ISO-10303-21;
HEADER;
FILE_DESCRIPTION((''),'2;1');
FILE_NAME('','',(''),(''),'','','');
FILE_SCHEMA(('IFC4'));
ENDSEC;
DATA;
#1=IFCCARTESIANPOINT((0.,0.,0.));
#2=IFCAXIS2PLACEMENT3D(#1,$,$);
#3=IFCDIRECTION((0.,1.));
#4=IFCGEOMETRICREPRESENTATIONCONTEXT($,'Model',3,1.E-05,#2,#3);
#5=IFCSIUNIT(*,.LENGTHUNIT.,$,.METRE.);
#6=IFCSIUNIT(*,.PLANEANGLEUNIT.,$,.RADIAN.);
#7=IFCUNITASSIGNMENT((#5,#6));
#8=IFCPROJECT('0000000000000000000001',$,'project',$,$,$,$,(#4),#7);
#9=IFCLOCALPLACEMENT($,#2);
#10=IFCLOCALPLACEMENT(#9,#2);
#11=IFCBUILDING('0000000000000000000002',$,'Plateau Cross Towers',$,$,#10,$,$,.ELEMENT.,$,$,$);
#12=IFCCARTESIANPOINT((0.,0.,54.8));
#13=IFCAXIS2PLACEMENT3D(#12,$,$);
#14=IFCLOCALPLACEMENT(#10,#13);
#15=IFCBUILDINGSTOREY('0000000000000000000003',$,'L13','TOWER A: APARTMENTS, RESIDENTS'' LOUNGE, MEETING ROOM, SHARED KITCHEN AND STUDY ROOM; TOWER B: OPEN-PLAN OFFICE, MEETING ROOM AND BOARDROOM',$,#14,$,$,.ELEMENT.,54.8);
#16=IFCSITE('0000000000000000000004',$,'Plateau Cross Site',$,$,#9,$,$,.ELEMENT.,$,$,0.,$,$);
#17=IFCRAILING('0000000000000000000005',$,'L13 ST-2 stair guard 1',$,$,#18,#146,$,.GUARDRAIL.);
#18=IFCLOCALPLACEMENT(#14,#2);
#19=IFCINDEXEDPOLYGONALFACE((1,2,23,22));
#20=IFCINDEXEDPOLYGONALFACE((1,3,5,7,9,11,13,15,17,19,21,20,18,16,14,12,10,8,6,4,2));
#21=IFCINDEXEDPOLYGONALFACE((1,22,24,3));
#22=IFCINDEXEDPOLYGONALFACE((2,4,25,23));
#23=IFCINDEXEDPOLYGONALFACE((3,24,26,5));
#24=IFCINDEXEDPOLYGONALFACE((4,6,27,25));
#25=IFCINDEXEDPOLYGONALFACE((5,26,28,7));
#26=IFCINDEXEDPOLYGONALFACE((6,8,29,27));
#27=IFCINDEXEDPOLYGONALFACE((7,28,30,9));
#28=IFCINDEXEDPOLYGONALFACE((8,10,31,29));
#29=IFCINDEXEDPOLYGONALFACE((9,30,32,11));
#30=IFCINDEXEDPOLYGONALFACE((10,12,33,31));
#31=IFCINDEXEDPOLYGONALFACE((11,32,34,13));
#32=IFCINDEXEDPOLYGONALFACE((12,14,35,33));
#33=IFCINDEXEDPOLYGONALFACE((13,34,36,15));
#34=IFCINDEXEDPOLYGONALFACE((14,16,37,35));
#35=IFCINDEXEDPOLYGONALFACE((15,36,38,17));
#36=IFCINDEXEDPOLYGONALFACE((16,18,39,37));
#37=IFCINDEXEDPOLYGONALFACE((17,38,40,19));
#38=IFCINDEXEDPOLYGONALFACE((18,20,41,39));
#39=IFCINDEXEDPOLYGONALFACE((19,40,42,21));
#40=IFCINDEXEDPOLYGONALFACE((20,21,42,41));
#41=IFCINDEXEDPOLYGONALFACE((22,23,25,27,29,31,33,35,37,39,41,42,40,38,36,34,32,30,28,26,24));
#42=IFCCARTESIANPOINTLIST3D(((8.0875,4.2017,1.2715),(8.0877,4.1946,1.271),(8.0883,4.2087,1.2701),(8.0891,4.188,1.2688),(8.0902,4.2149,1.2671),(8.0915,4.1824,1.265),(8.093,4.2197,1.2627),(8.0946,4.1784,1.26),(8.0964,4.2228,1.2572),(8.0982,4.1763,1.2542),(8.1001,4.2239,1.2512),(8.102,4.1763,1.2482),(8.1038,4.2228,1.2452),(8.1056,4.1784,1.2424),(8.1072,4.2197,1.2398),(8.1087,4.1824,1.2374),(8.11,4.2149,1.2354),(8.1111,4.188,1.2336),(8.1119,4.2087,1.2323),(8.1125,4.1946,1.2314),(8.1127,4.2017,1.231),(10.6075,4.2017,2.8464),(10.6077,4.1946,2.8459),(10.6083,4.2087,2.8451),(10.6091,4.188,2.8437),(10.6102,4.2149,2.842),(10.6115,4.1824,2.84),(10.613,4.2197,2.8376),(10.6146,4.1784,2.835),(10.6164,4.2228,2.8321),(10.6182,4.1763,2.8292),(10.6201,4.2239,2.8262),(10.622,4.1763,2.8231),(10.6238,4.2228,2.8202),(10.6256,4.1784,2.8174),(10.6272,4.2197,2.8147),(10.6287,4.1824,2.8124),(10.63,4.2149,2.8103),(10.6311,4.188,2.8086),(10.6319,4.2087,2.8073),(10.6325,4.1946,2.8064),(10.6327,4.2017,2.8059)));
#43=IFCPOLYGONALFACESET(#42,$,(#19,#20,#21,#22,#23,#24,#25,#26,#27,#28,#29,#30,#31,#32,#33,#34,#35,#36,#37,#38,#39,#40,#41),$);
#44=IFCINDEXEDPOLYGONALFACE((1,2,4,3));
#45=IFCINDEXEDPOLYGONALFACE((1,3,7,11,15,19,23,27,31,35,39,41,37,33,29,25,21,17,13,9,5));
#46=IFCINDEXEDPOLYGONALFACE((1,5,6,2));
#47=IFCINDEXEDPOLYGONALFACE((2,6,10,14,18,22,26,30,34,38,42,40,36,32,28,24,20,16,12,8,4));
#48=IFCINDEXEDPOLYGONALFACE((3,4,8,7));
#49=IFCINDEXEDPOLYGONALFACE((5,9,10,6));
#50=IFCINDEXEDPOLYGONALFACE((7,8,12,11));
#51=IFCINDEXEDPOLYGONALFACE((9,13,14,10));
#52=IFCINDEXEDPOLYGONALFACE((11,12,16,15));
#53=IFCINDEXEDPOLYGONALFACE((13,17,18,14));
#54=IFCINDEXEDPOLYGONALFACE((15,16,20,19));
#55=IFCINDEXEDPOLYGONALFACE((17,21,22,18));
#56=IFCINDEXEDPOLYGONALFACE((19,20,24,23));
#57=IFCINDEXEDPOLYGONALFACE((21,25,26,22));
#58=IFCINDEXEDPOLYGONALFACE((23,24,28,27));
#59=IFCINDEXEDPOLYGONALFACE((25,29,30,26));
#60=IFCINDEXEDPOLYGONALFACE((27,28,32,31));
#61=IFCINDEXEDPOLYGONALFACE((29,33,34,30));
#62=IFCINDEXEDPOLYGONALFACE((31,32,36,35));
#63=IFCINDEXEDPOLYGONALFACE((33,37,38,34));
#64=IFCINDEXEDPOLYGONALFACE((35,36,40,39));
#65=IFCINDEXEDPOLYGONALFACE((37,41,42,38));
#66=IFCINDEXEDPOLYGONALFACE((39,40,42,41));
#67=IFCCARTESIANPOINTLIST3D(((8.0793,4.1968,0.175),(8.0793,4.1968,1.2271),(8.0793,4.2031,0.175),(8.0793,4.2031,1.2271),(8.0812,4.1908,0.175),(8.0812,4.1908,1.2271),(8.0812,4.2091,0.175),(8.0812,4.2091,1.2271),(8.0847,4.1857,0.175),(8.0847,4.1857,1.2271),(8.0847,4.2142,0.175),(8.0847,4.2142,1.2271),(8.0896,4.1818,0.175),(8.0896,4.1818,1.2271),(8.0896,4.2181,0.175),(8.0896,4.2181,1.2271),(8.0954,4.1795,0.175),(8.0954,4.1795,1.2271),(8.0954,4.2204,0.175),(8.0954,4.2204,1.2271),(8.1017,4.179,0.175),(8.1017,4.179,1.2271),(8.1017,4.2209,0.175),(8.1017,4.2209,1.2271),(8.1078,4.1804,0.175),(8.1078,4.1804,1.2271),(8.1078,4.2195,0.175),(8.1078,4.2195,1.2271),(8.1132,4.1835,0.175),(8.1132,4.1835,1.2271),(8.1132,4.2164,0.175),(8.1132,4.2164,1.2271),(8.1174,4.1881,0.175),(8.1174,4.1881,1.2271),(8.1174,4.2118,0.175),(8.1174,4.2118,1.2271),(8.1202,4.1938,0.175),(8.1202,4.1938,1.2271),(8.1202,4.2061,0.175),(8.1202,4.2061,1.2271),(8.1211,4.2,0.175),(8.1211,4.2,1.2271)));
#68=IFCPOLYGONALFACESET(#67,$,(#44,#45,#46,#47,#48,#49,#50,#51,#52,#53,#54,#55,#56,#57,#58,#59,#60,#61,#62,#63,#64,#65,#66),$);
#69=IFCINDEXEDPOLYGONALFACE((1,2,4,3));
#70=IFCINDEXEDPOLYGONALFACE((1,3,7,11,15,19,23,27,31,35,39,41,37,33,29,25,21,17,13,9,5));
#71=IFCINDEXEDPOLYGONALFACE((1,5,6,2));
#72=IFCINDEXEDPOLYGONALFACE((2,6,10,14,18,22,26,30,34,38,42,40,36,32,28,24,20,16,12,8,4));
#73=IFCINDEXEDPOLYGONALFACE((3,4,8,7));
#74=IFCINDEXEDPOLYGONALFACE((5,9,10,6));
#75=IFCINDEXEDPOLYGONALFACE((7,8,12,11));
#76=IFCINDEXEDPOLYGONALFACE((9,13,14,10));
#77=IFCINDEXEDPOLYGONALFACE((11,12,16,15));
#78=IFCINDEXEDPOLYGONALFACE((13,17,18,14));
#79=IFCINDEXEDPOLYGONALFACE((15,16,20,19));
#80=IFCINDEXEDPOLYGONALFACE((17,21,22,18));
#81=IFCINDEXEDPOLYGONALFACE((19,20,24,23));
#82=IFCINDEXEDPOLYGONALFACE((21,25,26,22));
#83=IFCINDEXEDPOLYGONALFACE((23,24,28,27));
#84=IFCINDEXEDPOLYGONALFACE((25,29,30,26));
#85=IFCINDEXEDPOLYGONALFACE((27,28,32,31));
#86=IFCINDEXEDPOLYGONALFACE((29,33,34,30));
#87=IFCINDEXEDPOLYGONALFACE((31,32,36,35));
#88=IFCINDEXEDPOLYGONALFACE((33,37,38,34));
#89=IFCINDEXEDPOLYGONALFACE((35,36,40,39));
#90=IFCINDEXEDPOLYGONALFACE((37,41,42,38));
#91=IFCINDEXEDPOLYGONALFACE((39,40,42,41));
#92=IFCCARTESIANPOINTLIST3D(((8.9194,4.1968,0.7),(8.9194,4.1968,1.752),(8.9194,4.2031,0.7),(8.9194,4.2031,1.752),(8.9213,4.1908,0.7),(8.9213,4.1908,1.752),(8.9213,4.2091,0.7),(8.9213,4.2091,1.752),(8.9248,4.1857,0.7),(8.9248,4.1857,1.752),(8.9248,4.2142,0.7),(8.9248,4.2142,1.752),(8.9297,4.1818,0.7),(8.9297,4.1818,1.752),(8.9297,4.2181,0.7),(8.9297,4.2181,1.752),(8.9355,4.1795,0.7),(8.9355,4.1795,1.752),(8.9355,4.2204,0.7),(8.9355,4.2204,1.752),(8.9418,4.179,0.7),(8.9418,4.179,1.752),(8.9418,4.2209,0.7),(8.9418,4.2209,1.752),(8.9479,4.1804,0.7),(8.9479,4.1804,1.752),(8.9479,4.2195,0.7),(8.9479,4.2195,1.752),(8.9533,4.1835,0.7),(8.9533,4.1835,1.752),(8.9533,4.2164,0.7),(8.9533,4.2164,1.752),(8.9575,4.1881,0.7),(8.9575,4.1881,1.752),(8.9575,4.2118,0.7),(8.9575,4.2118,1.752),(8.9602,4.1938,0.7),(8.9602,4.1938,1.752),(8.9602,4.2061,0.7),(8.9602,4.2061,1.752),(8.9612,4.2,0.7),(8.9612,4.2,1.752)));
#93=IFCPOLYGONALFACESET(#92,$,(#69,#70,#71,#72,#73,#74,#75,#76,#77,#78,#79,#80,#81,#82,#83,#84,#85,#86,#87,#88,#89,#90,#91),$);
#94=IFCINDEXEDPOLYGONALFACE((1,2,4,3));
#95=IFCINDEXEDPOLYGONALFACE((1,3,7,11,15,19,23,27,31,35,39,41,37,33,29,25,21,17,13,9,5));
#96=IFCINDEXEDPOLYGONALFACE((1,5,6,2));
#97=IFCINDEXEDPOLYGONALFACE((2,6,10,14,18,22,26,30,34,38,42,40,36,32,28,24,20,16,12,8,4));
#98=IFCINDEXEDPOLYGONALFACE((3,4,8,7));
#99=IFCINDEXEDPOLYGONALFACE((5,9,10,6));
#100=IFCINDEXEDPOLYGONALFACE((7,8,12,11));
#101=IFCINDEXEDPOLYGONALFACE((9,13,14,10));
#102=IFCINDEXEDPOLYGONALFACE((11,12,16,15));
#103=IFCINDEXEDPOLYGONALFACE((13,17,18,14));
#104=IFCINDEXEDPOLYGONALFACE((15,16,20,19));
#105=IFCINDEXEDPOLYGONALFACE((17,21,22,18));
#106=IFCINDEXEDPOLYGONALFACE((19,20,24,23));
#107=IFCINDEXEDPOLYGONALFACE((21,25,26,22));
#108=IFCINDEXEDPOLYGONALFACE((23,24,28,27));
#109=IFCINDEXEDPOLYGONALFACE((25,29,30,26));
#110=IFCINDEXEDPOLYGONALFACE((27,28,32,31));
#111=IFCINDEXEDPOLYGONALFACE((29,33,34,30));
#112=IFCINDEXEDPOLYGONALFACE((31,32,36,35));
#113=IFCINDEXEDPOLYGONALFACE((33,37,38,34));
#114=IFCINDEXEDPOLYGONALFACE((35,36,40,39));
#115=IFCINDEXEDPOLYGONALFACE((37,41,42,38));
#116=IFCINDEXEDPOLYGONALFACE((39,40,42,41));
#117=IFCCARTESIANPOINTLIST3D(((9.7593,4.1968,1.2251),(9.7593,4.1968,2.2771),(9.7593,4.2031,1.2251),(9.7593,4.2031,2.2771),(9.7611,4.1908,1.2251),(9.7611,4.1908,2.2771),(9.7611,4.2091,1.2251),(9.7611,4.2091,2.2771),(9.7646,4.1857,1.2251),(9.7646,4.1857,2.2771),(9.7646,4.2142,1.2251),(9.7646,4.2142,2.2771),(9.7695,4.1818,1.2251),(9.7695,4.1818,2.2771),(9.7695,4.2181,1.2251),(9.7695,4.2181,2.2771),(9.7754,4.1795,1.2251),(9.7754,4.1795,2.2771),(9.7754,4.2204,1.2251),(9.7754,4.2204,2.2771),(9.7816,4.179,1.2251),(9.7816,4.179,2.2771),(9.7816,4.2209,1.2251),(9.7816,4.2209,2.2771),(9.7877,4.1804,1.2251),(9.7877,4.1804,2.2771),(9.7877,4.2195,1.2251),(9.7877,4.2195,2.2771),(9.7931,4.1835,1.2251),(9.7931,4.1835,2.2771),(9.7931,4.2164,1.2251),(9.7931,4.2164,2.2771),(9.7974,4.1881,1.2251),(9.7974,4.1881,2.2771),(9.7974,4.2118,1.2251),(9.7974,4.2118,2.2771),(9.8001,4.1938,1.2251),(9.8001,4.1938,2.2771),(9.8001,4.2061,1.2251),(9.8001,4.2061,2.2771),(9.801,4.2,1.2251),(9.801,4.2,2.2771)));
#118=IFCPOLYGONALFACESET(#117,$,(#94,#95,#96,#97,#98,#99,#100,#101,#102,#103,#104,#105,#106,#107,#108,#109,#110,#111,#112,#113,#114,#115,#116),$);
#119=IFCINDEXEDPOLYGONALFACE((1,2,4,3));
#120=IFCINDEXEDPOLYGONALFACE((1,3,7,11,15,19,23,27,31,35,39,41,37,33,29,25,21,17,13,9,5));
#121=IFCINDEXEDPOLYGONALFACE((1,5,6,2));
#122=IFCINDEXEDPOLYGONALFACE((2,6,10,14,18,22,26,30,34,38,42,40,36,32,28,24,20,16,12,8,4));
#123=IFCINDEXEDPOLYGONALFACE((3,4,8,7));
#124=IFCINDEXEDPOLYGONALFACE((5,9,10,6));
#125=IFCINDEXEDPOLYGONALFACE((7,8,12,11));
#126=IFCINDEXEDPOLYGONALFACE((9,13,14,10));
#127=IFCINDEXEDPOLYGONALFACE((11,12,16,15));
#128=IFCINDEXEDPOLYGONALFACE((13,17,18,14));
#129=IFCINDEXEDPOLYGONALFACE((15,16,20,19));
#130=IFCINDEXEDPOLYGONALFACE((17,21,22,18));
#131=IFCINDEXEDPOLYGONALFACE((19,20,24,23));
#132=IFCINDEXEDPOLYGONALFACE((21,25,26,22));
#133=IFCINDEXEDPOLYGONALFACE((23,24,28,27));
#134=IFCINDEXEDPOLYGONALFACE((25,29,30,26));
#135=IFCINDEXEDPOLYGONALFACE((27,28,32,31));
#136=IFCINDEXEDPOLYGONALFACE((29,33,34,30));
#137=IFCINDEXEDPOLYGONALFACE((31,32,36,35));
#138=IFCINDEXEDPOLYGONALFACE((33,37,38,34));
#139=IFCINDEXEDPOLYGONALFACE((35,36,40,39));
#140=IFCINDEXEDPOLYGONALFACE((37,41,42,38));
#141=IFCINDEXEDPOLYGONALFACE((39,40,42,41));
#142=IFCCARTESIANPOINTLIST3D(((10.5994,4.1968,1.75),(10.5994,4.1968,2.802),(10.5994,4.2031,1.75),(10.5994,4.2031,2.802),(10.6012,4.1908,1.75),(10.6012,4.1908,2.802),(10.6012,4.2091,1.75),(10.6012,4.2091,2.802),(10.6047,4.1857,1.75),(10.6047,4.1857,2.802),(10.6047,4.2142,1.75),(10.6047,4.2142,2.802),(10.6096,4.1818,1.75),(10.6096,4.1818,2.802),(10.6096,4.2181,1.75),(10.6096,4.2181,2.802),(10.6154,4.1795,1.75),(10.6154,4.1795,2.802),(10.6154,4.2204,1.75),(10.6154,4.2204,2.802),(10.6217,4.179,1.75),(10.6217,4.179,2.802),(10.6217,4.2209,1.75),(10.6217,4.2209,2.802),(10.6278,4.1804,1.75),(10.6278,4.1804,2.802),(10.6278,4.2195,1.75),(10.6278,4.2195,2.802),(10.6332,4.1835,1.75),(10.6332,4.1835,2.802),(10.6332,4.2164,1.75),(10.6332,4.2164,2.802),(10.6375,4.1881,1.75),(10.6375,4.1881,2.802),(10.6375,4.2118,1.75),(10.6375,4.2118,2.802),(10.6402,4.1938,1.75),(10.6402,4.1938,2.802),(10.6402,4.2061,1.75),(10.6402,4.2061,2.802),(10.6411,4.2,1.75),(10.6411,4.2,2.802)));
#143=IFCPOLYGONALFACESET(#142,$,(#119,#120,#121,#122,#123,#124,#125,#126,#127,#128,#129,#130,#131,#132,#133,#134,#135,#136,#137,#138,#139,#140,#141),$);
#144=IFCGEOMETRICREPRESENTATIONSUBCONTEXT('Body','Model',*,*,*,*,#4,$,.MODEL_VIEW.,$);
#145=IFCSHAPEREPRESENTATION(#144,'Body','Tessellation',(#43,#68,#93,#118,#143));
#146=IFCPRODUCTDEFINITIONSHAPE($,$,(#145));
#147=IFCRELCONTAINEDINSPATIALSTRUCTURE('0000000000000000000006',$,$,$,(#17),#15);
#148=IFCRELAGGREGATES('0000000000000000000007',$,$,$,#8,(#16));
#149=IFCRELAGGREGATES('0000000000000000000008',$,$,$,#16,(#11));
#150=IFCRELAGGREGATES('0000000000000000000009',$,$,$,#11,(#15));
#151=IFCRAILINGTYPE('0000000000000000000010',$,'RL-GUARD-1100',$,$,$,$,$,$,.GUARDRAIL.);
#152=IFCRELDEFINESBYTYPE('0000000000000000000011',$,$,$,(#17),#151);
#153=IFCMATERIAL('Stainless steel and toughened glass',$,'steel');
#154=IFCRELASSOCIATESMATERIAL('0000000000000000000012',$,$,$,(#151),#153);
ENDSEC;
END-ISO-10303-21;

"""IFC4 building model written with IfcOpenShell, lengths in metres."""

from ifc_helpers import new_model, si_unit, direction, frame, origin, origin_2d, place, context, subcontext, project, spatial, circle, extrude, material, type_object, element, save


model = new_model("IFC4")

# Units and contexts
model_context = context("Model", 3, precision=1e-05, world=origin(), true_north=direction((0.0, 1.0)))
body_context = subcontext(model_context, "Body", "Model", "MODEL_VIEW")
ifc_project = project(units=[si_unit("LENGTHUNIT", "METRE"), si_unit("PLANEANGLEUNIT", "RADIAN")], contexts=[model_context])

# Site, building, storey
site_placement = place(None, origin())
site = spatial("IfcSite", under=ifc_project, at=site_placement, Name="Plateau Cross Site", CompositionType="ELEMENT", RefElevation=0.0)
building_placement = place(site_placement, origin())
building = spatial("IfcBuilding", under=site, at=building_placement, Name="Plateau Cross Towers", CompositionType="ELEMENT")
storey_placement = place(building_placement, frame((0.0, 0.0, 54.8)))
storey = spatial("IfcBuildingStorey", under=building, at=storey_placement, Name="L13", Description="TOWER A: APARTMENTS, RESIDENTS' LOUNGE, MEETING ROOM, SHARED KITCHEN AND STUDY ROOM; TOWER B: OPEN-PLAN OFFICE, MEETING ROOM AND BOARDROOM", CompositionType="ELEMENT", Elevation=54.8)

# Railing
ifc_material_1 = material(Name="Stainless steel and toughened glass", Category="steel")
railing_type_1 = type_object("IfcRailingType", Name="RL-GUARD-1100", PredefinedType="GUARDRAIL", material=ifc_material_1)
railing_1_placement = place(storey_placement, frame((8.1001, 4.2, 0.175)))
element("IfcRailing", 1, at=railing_1_placement, inside=storey, type_object=railing_type_1, Name="L13 ST-2 stair guard 1", PredefinedType="GUARDRAIL", context=body_context, shape_type="SweptSolid", body=[
    extrude(circle(Radius=0.0239, at=origin_2d()), frame((0.0, 0.0, 1.0762), z_axis=(0.848008, 0.0, 0.529984), x_axis=(0.0, 1.0, 0.0)), (0.0, 0.0, 1.0), 2.9717),
    extrude(circle(Radius=0.021, at=origin_2d()), origin(), (0.0, 0.0, 1.0), 1.052),
    extrude(circle(Radius=0.021, at=origin_2d()), frame((0.8401, 0.0, 0.5249)), (0.0, 0.0, 1.0), 1.052),
    extrude(circle(Radius=0.021, at=origin_2d()), frame((1.6799, 0.0, 1.05)), (0.0, 0.0, 1.0), 1.052),
    extrude(circle(Radius=0.021, at=origin_2d()), frame((2.52, 0.0, 1.575)), (0.0, 0.0, 1.0), 1.052),
])

save(model, "model.ifc")
